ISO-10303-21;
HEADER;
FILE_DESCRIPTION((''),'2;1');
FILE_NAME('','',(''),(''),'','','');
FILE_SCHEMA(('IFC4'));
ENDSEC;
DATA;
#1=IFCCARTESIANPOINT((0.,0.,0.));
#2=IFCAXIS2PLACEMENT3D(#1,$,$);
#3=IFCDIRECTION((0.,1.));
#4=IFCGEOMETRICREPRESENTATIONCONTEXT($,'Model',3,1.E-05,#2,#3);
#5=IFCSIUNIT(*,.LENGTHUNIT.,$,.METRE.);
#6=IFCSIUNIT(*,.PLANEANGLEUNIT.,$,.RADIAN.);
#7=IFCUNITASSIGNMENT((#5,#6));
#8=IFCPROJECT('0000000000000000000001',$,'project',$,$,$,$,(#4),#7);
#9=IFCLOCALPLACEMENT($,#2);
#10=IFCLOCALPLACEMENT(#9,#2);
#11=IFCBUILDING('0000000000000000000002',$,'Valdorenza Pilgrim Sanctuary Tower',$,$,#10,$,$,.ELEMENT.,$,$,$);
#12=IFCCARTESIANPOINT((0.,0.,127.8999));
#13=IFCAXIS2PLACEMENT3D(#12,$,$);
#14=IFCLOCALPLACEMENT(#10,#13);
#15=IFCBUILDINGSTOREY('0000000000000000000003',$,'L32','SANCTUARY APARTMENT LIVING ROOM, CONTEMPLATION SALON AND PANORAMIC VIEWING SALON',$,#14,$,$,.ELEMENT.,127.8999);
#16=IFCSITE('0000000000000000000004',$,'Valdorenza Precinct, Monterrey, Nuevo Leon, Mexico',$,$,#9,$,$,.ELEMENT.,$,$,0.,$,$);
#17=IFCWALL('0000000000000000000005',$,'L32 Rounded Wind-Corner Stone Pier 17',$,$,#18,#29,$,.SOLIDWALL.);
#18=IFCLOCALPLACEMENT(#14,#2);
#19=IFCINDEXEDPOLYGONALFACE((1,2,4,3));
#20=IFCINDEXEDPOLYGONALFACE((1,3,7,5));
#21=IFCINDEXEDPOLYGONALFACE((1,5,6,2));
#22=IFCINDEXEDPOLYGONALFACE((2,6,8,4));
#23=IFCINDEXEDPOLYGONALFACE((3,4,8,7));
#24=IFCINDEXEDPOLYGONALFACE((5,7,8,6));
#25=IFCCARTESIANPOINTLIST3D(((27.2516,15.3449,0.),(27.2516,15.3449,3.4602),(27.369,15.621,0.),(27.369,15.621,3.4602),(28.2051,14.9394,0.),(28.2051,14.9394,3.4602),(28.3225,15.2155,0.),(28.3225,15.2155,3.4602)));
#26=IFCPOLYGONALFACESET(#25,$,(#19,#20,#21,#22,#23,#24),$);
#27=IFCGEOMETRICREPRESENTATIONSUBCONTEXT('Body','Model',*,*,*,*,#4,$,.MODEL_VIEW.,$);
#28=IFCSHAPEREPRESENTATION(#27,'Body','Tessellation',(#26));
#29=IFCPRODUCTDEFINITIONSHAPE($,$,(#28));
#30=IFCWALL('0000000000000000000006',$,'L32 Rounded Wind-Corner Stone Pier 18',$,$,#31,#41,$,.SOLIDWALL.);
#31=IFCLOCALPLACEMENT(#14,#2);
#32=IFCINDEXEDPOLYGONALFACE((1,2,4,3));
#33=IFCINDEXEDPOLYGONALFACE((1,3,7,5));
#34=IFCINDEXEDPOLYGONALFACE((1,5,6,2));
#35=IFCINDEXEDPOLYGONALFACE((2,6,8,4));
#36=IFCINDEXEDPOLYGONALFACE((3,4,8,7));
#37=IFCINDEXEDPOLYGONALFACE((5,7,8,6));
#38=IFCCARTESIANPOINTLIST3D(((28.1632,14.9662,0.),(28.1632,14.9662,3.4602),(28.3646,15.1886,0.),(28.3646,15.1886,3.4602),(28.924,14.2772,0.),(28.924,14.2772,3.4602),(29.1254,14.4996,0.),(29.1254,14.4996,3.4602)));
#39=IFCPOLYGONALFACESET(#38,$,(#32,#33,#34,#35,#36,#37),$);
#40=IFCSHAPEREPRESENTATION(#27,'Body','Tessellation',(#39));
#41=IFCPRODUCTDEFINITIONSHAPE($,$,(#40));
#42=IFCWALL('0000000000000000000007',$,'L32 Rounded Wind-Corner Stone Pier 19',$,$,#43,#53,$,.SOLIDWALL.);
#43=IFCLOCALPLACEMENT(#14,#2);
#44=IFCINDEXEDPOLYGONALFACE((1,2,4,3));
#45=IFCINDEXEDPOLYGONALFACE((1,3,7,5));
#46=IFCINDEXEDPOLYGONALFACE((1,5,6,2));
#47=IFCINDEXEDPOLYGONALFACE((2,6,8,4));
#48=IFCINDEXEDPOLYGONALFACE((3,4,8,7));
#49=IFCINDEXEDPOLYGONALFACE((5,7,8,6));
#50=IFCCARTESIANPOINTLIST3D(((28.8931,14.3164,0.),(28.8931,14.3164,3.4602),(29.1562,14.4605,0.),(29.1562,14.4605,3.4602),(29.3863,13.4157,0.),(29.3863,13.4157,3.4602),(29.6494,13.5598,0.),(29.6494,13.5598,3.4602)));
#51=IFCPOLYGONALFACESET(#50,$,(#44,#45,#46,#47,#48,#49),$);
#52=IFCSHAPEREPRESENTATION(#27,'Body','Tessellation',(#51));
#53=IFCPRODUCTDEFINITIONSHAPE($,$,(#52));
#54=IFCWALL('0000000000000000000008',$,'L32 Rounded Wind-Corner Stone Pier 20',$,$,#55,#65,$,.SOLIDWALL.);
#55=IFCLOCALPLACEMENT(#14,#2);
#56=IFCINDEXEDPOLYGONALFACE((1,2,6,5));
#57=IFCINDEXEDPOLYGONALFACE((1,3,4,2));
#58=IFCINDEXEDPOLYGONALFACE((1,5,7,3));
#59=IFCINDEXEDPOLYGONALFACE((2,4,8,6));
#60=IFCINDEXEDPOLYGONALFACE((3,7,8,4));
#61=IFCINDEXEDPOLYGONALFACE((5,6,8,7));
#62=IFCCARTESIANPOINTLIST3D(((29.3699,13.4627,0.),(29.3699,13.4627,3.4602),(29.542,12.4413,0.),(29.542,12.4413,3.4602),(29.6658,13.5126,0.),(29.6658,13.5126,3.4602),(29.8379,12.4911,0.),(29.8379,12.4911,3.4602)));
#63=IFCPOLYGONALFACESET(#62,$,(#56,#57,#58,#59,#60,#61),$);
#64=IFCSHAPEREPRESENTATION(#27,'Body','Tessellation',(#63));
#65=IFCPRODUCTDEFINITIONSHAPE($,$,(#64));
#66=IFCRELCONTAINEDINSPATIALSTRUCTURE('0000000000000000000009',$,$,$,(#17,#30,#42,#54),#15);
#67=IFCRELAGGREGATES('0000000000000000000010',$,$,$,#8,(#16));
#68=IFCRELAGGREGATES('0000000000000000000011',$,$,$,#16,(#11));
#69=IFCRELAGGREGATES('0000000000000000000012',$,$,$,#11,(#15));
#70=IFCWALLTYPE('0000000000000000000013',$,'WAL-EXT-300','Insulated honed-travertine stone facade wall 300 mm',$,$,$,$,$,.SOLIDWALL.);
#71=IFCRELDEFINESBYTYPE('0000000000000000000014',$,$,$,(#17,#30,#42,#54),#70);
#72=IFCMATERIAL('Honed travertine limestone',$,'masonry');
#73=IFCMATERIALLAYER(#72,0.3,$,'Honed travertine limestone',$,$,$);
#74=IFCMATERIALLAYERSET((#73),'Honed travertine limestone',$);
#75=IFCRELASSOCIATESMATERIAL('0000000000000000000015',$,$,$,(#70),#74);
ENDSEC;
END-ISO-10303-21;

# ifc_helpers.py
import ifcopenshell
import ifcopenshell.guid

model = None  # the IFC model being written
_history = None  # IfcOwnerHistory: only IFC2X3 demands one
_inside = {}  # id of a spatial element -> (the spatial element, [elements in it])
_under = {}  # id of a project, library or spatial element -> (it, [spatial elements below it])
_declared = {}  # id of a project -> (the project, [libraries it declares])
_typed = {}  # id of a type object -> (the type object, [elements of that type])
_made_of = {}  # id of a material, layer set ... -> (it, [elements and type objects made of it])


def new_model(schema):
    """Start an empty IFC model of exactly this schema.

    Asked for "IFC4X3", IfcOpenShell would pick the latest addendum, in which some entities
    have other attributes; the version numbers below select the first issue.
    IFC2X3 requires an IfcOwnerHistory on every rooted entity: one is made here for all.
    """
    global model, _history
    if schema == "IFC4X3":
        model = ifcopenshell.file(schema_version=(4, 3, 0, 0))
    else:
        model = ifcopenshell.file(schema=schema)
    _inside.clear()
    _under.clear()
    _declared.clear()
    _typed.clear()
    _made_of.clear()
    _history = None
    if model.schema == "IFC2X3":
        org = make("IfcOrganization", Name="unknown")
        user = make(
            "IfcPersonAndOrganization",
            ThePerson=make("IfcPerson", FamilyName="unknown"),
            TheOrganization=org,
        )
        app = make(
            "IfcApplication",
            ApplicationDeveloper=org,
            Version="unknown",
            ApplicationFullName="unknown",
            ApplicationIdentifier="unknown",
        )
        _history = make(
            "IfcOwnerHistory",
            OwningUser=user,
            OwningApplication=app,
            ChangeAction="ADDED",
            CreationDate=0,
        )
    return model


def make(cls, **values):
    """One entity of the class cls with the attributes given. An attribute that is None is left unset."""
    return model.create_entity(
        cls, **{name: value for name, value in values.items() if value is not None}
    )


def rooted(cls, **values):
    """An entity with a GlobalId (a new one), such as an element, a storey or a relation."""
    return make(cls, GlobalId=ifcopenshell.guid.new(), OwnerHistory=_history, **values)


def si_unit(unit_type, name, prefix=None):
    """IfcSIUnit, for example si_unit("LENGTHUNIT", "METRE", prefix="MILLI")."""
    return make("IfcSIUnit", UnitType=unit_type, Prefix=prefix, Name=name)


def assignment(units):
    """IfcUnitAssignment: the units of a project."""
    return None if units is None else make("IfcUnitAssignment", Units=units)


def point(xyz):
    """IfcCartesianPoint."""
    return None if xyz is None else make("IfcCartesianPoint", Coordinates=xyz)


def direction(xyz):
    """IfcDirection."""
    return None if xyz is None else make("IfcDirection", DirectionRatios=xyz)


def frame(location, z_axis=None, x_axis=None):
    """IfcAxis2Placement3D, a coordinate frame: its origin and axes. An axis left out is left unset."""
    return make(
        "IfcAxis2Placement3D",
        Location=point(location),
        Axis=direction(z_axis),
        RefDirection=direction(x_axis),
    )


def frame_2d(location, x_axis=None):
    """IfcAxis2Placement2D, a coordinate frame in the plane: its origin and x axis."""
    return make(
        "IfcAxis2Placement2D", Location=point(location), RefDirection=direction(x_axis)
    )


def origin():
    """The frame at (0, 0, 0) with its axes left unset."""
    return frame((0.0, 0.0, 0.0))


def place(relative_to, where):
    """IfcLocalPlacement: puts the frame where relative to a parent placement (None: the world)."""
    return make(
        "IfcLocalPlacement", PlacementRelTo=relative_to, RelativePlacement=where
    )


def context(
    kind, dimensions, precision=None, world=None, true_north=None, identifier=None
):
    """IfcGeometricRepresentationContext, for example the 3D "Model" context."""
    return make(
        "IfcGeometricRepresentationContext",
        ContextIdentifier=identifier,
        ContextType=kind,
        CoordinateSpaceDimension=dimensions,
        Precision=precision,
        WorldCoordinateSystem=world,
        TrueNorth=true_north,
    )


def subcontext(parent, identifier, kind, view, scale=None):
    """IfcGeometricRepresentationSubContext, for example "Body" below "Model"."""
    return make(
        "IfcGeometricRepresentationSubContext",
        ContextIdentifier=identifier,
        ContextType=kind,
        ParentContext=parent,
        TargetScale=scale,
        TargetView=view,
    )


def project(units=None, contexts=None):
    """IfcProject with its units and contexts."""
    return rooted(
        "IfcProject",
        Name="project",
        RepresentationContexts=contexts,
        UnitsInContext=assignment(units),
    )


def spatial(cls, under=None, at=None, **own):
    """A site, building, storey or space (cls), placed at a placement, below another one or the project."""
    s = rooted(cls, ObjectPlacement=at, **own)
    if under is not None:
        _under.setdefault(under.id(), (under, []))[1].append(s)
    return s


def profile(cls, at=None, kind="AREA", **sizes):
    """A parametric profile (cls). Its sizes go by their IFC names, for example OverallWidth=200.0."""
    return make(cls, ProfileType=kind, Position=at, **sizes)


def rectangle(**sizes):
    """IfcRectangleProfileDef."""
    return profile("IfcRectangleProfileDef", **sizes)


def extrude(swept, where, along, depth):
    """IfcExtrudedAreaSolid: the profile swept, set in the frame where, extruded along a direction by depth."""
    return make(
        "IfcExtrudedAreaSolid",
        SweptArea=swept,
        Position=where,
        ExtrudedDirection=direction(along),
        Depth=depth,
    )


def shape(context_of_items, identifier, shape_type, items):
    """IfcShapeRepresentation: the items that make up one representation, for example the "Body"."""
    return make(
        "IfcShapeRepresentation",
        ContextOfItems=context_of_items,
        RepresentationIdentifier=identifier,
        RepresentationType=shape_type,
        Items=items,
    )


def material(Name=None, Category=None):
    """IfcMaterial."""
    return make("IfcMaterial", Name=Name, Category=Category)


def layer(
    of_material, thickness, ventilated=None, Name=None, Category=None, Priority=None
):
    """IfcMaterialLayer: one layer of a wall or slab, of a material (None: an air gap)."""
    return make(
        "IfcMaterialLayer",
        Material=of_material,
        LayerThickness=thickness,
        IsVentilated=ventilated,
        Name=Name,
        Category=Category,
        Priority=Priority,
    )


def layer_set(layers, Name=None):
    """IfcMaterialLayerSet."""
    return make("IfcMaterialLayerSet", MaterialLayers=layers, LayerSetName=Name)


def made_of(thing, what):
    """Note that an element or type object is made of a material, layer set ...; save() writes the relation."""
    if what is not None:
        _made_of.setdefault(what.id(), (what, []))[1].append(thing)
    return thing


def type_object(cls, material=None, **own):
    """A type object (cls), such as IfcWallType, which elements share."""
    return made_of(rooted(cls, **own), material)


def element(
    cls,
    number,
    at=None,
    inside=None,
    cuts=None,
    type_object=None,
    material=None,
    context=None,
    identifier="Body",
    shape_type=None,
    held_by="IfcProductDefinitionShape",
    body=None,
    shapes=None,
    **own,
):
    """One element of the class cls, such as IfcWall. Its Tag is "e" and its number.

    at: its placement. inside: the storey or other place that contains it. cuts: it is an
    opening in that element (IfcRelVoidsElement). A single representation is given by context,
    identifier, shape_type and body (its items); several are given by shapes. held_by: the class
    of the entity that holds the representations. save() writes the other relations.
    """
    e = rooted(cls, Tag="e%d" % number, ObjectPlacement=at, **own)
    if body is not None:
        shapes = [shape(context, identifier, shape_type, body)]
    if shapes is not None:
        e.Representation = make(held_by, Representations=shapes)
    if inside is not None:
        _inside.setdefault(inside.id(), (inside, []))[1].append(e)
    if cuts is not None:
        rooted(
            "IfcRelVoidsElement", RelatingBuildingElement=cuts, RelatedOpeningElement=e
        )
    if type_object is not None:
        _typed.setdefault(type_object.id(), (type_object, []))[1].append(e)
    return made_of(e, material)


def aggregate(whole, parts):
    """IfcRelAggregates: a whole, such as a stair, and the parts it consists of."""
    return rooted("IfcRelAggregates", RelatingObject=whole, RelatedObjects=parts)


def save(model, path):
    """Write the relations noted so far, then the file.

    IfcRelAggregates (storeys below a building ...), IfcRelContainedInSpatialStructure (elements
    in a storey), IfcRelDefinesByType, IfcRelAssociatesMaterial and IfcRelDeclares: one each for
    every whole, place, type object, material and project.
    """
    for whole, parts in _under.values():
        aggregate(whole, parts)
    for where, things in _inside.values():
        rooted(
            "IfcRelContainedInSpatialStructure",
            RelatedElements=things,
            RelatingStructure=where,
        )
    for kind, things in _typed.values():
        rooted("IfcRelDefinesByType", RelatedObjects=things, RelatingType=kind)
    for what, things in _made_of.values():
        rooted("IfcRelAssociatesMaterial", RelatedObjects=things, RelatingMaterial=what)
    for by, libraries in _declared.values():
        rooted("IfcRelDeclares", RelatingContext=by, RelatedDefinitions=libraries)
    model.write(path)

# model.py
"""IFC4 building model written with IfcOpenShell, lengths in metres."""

from ifc_helpers import new_model, si_unit, direction, frame, frame_2d, origin, place, context, subcontext, project, spatial, rectangle, extrude, material, layer, layer_set, type_object, element, save


model = new_model("IFC4")

# Units and contexts
model_context = context("Model", 3, precision=1e-05, world=origin(), true_north=direction((0.0, 1.0)))
body_context = subcontext(model_context, "Body", "Model", "MODEL_VIEW")
ifc_project = project(units=[si_unit("LENGTHUNIT", "METRE"), si_unit("PLANEANGLEUNIT", "RADIAN")], contexts=[model_context])

# Site, building, storey
site_placement = place(None, origin())
site = spatial("IfcSite", under=ifc_project, at=site_placement, Name="Valdorenza Precinct, Monterrey, Nuevo Leon, Mexico", CompositionType="ELEMENT", RefElevation=0.0)
building_placement = place(site_placement, origin())
building = spatial("IfcBuilding", under=site, at=building_placement, Name="Valdorenza Pilgrim Sanctuary Tower", CompositionType="ELEMENT")
storey_placement = place(building_placement, frame((0.0, 0.0, 127.8999)))
storey = spatial("IfcBuildingStorey", under=building, at=storey_placement, Name="L32", Description="SANCTUARY APARTMENT LIVING ROOM, CONTEMPLATION SALON AND PANORAMIC VIEWING SALON", CompositionType="ELEMENT", Elevation=127.8999)

# Shared definitions
ifc_material_1 = material(Name="Honed travertine limestone", Category="masonry")

# Walls
ifc_layer_1 = layer(ifc_material_1, 0.3, Name="Honed travertine limestone")
ifc_layer_set_1 = layer_set([ifc_layer_1], Name="Honed travertine limestone")
wall_type_1 = type_object("IfcWallType", Name="WAL-EXT-300", Description="Insulated honed-travertine stone facade wall 300 mm", PredefinedType="SOLIDWALL", material=ifc_layer_set_1)
wall_1_placement = place(storey_placement, frame((27.3103, 15.4829, 0.0), z_axis=(0.0, 0.0, 1.0), x_axis=(0.92025, -0.39133, 0.0)))
element("IfcWall", 1, at=wall_1_placement, inside=storey, type_object=wall_type_1, Name="L32 Rounded Wind-Corner Stone Pier 17", PredefinedType="SOLIDWALL", context=body_context, shape_type="SweptSolid", body=[
    extrude(rectangle(XDim=1.0361, YDim=0.3, at=frame_2d((0.5181, 0.0))), origin(), (0.0, 0.0, 1.0), 3.4602),
])
wall_2_placement = place(storey_placement, frame((28.2639, 15.0774, 0.0), z_axis=(0.0, 0.0, 1.0), x_axis=(0.741209, -0.671275, 0.0)))
element("IfcWall", 2, at=wall_2_placement, inside=storey, type_object=wall_type_1, Name="L32 Rounded Wind-Corner Stone Pier 18", PredefinedType="SOLIDWALL", context=body_context, shape_type="SweptSolid", body=[
    extrude(rectangle(XDim=1.0264, YDim=0.3, at=frame_2d((0.5132, 0.0))), origin(), (0.0, 0.0, 1.0), 3.4602),
])
wall_3_placement = place(storey_placement, frame((29.0247, 14.3884, 0.0), z_axis=(0.0, 0.0, 1.0), x_axis=(0.480284, -0.877113, 0.0)))
element("IfcWall", 3, at=wall_3_placement, inside=storey, type_object=wall_type_1, Name="L32 Rounded Wind-Corner Stone Pier 19", PredefinedType="SOLIDWALL", context=body_context, shape_type="SweptSolid", body=[
    extrude(rectangle(XDim=1.0269, YDim=0.3, at=frame_2d((0.5134, 0.0))), origin(), (0.0, 0.0, 1.0), 3.4602),
])
wall_4_placement = place(storey_placement, frame((29.5178, 13.4878, 0.0), z_axis=(0.0, 0.0, 1.0), x_axis=(0.166157, -0.986099, 0.0)))
element("IfcWall", 4, at=wall_4_placement, inside=storey, type_object=wall_type_1, Name="L32 Rounded Wind-Corner Stone Pier 20", PredefinedType="SOLIDWALL", context=body_context, shape_type="SweptSolid", body=[
    extrude(rectangle(XDim=1.0359, YDim=0.3, at=frame_2d((0.5181, 0.0))), origin(), (0.0, 0.0, 1.0), 3.4602),
])

save(model, "model.ifc")
